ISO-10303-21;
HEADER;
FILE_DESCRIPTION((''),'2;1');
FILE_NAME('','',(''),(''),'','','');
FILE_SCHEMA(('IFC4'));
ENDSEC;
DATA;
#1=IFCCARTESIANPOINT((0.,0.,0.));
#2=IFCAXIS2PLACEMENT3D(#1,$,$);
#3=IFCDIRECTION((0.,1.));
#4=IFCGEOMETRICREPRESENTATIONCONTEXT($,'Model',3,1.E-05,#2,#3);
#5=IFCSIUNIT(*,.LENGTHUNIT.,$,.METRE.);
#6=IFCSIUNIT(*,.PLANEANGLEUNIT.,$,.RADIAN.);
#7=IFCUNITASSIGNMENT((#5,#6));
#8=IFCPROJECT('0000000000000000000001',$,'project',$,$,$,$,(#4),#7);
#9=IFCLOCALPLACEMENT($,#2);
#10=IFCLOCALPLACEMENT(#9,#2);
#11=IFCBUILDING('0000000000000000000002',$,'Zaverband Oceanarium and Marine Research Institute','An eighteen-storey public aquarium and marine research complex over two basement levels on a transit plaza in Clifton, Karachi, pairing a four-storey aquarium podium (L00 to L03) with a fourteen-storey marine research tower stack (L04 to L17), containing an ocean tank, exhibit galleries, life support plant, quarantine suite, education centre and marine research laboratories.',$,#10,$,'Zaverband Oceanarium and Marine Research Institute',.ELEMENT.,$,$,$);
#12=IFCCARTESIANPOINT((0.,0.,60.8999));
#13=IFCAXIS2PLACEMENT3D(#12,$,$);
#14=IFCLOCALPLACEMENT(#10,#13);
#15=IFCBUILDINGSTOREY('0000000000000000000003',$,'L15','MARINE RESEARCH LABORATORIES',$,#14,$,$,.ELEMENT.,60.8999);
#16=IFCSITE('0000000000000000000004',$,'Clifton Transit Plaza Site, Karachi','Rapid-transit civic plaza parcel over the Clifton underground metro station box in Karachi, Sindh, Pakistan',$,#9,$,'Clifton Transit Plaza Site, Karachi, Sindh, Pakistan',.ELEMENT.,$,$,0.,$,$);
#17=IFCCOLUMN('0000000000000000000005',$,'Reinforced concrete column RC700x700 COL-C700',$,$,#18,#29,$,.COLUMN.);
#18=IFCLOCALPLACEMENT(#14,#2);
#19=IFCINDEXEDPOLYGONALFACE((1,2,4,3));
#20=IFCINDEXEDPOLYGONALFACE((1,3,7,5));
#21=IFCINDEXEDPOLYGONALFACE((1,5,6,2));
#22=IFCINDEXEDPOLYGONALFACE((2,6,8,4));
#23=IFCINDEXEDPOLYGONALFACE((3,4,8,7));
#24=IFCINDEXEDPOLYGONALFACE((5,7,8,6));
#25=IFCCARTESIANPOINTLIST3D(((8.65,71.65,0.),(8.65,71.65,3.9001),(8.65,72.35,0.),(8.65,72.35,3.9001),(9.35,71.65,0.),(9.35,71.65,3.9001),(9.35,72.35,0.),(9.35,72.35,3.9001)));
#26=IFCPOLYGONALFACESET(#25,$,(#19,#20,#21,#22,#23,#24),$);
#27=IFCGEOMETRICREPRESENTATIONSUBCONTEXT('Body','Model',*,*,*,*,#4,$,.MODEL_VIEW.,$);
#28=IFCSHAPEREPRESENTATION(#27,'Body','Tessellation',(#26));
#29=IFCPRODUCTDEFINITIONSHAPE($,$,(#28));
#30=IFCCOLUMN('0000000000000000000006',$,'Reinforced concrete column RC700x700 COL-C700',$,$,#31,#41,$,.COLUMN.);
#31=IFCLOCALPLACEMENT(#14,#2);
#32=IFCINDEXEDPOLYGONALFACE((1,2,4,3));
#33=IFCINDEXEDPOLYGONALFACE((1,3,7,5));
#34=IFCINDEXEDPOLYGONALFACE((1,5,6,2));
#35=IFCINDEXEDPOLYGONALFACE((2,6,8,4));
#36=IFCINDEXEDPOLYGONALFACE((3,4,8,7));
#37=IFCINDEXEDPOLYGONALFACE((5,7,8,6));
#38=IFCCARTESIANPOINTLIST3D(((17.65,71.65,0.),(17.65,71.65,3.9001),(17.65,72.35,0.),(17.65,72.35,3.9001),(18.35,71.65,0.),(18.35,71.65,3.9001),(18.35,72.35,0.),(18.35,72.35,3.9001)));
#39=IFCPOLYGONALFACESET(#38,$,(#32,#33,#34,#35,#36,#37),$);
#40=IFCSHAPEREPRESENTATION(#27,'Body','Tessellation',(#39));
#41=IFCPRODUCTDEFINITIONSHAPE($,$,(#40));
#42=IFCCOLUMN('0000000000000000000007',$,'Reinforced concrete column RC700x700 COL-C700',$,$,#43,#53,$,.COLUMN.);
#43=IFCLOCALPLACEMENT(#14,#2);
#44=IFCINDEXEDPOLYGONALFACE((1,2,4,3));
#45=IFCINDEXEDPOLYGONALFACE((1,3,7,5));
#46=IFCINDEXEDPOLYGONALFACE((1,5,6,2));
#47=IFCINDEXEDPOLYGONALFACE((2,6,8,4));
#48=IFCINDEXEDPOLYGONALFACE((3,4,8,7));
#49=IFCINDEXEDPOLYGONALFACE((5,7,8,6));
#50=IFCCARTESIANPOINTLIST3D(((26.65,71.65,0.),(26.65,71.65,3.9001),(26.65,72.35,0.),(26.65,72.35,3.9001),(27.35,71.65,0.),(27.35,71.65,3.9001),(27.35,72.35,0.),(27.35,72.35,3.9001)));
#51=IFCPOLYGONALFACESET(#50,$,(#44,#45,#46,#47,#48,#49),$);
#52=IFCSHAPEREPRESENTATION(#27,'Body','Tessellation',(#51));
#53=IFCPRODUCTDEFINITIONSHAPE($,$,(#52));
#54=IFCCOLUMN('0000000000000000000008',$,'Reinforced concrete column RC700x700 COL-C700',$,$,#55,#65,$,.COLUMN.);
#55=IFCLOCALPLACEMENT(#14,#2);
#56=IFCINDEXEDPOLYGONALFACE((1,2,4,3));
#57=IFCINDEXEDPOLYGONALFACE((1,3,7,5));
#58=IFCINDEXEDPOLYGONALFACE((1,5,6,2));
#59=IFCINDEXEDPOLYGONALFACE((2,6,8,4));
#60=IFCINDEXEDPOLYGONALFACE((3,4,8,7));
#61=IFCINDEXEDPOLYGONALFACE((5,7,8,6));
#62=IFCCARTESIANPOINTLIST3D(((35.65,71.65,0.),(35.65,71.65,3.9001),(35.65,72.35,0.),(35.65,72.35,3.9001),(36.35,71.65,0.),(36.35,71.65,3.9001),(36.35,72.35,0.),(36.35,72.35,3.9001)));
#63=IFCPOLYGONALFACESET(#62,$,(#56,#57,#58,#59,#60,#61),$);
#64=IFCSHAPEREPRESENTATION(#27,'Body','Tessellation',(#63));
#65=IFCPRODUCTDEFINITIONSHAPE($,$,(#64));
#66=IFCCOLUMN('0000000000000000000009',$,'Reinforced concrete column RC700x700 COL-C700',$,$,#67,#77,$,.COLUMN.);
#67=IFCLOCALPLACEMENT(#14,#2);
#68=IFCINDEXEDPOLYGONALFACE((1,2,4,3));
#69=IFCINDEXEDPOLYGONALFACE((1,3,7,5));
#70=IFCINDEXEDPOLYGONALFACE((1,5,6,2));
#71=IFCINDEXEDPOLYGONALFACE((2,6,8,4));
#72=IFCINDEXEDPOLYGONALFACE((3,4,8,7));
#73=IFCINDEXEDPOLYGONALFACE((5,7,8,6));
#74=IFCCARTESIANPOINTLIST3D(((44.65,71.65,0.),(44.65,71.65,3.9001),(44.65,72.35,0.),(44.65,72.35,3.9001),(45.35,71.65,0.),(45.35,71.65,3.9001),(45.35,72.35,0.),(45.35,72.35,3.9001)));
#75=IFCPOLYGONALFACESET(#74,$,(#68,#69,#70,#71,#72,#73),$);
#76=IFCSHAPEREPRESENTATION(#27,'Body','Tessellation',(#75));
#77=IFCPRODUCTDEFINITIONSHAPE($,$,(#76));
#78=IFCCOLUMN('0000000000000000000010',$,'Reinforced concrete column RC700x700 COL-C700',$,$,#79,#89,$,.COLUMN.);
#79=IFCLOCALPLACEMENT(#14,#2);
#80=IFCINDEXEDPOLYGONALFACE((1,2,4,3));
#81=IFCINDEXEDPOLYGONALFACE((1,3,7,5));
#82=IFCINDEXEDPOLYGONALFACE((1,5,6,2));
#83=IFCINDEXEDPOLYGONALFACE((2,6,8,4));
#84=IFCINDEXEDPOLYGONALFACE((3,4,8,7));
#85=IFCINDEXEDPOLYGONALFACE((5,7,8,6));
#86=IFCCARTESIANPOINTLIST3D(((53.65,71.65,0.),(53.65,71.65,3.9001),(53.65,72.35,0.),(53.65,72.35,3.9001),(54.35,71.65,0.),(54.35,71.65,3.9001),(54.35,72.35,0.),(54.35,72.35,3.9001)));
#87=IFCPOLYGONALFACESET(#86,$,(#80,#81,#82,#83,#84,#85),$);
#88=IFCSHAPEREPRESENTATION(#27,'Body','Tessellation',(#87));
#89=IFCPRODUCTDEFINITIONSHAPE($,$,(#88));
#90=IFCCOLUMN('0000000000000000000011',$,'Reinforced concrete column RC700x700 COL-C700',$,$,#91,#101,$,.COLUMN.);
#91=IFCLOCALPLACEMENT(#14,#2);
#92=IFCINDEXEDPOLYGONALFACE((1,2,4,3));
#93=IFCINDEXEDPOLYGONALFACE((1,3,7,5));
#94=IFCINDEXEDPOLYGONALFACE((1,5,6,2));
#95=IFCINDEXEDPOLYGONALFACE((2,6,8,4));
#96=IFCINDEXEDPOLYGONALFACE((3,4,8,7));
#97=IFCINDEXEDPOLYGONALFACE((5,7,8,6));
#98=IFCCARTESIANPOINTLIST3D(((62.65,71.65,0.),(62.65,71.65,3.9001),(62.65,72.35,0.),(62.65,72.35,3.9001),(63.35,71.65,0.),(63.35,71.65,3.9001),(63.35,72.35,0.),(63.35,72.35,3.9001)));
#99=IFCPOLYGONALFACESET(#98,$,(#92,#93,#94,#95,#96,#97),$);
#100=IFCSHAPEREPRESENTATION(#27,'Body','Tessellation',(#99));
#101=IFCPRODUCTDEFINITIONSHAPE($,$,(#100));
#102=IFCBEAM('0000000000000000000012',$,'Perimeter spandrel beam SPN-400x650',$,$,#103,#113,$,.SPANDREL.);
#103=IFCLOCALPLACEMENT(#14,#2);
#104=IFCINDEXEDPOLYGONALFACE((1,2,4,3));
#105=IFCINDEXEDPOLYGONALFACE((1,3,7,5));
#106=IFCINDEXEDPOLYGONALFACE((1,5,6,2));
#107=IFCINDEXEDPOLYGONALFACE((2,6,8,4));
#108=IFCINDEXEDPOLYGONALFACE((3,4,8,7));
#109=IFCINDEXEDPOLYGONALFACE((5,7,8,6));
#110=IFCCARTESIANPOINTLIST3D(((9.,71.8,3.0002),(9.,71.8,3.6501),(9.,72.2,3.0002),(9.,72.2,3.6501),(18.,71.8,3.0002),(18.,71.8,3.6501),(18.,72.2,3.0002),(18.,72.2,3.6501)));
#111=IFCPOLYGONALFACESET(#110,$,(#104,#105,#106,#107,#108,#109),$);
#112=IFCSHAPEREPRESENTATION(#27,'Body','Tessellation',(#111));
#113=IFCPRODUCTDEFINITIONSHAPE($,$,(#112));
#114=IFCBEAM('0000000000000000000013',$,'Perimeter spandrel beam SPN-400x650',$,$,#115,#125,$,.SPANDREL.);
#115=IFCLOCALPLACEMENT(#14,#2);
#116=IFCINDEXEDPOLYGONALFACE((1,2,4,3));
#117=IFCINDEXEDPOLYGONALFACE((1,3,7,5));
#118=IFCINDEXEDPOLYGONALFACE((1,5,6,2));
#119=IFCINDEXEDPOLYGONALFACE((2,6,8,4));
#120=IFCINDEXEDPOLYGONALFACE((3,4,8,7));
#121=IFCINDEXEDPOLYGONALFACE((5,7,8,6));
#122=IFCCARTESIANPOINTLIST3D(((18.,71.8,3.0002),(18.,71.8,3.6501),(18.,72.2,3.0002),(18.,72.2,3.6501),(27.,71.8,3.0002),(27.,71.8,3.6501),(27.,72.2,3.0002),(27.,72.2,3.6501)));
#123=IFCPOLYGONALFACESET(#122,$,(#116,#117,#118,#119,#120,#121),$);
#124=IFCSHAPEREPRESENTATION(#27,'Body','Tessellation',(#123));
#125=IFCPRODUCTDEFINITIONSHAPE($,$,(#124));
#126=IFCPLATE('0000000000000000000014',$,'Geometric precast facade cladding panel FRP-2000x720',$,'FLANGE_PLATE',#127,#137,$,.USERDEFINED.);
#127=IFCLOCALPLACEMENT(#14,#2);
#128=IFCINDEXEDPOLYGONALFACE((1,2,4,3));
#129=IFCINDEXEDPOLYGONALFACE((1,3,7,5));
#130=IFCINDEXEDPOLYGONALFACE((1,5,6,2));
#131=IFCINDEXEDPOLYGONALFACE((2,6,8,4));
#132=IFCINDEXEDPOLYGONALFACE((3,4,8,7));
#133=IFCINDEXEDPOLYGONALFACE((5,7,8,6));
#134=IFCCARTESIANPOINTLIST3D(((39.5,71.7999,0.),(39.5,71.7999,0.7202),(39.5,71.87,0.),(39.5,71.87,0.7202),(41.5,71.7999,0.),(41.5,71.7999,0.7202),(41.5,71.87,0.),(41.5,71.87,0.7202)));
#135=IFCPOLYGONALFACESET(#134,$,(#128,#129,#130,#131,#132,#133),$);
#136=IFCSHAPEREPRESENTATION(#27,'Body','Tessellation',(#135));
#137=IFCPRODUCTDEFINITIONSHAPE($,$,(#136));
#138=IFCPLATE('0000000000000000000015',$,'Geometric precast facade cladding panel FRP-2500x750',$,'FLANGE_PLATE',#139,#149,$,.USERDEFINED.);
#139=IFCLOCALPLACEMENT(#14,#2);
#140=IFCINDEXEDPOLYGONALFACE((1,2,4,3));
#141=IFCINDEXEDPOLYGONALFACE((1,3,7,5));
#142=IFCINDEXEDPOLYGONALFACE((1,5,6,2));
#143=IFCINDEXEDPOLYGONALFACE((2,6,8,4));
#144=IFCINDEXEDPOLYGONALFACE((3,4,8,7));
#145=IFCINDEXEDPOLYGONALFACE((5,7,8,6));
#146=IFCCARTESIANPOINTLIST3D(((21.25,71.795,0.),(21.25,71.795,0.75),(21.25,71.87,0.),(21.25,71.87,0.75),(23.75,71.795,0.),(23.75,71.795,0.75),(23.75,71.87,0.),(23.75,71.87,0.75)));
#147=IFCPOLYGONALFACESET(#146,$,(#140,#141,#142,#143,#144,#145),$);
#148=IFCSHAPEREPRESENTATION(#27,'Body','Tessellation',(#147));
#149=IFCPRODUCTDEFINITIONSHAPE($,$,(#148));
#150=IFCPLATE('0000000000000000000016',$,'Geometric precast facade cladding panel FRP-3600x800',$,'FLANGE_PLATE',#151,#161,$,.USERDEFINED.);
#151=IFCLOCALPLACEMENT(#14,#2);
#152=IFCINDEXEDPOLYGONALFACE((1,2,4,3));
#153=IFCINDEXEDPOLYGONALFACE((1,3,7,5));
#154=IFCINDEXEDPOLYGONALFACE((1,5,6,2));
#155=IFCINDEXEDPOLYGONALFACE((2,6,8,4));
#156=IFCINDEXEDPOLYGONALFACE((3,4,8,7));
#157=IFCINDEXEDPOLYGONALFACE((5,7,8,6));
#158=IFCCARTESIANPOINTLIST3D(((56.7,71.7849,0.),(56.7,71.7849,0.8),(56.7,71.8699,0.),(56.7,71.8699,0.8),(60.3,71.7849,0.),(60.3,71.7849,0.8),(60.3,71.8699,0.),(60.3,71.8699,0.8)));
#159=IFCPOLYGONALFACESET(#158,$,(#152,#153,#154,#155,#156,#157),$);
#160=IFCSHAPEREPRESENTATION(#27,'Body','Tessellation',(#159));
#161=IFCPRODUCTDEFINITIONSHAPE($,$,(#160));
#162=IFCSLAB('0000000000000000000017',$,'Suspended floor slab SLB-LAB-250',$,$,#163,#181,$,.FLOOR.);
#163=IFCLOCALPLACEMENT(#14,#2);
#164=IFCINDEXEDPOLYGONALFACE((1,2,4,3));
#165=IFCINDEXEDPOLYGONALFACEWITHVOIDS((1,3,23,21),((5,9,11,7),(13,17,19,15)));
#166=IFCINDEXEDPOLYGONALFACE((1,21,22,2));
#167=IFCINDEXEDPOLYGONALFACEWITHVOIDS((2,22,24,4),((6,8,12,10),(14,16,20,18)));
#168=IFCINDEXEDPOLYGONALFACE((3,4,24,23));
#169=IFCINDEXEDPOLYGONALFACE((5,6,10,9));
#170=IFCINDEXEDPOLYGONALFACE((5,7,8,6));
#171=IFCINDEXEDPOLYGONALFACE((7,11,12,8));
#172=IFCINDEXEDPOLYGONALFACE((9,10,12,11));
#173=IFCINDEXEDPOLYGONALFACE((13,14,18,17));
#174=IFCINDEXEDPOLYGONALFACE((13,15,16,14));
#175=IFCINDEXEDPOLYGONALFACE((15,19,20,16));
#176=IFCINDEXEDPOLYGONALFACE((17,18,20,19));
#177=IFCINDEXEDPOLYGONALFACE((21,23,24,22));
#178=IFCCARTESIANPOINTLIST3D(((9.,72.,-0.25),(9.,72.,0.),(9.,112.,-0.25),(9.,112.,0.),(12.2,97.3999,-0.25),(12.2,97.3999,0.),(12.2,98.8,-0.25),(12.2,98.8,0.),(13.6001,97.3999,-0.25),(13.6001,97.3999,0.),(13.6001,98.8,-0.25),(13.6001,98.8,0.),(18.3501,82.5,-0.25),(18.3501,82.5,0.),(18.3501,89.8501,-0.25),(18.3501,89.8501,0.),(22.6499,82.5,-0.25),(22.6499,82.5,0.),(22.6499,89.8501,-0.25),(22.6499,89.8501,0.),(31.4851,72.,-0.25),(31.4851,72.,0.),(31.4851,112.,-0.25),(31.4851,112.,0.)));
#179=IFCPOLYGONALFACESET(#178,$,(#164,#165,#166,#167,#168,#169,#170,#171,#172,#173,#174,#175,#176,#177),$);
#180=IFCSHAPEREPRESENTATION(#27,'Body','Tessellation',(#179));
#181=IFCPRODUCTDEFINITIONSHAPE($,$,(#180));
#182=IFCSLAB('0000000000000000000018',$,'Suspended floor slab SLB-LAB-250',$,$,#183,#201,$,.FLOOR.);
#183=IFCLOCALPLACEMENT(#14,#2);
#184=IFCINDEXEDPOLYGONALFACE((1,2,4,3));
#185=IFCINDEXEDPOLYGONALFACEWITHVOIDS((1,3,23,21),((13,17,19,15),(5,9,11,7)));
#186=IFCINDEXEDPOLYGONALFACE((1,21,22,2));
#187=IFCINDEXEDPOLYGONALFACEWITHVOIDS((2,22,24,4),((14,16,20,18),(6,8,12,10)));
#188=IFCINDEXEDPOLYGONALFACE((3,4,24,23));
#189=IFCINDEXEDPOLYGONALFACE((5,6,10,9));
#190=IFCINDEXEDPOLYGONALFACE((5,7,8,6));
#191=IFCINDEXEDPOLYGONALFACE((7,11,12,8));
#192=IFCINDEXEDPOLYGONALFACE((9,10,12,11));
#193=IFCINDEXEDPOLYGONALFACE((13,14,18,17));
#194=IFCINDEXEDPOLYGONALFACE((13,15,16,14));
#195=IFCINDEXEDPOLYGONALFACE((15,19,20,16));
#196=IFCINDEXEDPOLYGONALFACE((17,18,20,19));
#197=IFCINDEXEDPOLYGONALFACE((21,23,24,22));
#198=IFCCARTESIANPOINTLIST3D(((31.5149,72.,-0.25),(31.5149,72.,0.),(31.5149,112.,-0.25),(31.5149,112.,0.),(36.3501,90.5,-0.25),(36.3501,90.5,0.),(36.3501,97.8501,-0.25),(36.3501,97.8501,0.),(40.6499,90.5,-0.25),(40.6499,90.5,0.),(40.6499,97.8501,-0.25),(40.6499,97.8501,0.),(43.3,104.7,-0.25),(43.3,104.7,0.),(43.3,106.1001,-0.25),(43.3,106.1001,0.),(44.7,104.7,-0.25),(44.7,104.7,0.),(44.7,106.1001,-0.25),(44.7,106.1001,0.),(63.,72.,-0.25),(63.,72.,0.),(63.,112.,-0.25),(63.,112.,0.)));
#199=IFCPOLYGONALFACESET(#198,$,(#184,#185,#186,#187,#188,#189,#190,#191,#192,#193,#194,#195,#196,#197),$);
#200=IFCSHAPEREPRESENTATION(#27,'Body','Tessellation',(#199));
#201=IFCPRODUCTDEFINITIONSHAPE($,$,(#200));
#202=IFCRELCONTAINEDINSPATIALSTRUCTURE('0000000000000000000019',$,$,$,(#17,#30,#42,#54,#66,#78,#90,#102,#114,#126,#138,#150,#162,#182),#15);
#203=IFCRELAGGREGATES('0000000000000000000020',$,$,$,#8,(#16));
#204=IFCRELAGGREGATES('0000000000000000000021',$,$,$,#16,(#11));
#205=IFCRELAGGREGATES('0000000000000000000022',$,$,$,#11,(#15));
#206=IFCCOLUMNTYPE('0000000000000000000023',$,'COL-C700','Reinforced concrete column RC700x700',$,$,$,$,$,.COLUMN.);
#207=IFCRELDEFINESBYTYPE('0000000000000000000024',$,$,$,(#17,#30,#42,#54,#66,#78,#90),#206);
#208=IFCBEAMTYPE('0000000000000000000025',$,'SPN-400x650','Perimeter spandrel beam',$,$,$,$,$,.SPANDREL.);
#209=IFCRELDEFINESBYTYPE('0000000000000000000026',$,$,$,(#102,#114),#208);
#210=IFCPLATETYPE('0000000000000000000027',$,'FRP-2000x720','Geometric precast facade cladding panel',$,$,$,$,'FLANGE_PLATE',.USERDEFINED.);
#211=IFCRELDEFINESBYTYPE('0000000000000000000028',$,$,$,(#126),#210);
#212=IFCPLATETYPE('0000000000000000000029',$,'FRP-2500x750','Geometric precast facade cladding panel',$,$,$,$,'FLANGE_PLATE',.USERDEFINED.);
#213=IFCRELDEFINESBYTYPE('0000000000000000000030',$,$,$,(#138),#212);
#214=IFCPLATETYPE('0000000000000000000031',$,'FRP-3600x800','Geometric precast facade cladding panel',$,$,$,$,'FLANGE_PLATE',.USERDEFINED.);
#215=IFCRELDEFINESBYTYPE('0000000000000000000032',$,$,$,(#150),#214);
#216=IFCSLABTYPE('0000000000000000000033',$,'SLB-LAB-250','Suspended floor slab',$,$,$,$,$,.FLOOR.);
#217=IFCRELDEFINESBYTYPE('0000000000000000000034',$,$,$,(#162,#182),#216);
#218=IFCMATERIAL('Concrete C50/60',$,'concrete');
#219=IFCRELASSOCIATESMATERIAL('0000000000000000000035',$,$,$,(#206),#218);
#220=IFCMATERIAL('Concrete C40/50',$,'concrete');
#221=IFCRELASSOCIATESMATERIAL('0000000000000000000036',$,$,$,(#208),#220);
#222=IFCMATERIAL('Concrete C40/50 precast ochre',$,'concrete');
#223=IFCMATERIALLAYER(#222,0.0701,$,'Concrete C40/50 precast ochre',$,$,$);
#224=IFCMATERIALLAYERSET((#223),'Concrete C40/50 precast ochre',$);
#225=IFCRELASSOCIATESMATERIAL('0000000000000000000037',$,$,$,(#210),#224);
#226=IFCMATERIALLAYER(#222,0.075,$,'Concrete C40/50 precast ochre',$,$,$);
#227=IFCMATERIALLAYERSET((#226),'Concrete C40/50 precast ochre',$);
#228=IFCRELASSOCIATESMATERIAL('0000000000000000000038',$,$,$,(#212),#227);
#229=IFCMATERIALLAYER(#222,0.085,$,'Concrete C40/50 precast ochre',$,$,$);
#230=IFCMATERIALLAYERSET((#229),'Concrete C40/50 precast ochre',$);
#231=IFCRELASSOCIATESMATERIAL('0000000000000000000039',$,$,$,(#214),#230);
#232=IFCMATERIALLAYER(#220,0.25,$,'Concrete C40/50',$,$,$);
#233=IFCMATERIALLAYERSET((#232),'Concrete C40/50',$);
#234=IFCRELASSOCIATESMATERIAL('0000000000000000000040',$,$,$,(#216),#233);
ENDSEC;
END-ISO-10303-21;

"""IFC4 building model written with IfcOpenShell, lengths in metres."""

from ifc_helpers import new_model, si_unit, direction, frame, frame_2d, origin, origin_2d, place, context, subcontext, project, spatial, polyline, rectangle, outline, extrude, material, layer, layer_set, material_profile, profile_set, type_object, element, save


model = new_model("IFC4")

# Units and contexts
model_context = context("Model", 3, precision=1e-05, world=origin(), true_north=direction((0.0, 1.0)))
body_context = subcontext(model_context, "Body", "Model", "MODEL_VIEW")
ifc_project = project(units=[si_unit("LENGTHUNIT", "METRE"), si_unit("PLANEANGLEUNIT", "RADIAN")], contexts=[model_context])

# Site, building, storey
site_placement = place(None, origin())
site = spatial("IfcSite", under=ifc_project, at=site_placement, Name="Clifton Transit Plaza Site, Karachi", Description="Rapid-transit civic plaza parcel over the Clifton underground metro station box in Karachi, Sindh, Pakistan", LongName="Clifton Transit Plaza Site, Karachi, Sindh, Pakistan", CompositionType="ELEMENT", RefElevation=0.0)
building_placement = place(site_placement, origin())
building = spatial("IfcBuilding", under=site, at=building_placement, Name="Zaverband Oceanarium and Marine Research Institute", Description="An eighteen-storey public aquarium and marine research complex over two basement levels on a transit plaza in Clifton, Karachi, pairing a four-storey aquarium podium (L00 to L03) with a fourteen-storey marine research tower stack (L04 to L17), containing an ocean tank, exhibit galleries, life support plant, quarantine suite, education centre and marine research laboratories.", LongName="Zaverband Oceanarium and Marine Research Institute", CompositionType="ELEMENT")
storey_placement = place(building_placement, frame((0.0, 0.0, 60.8999)))
storey = spatial("IfcBuildingStorey", under=building, at=storey_placement, Name="L15", Description="MARINE RESEARCH LABORATORIES", CompositionType="ELEMENT", Elevation=60.8999)

# Columns
ifc_material_1 = material(Name="Concrete C50/60", Category="concrete")
ifc_material_profile_1 = material_profile(ifc_material_1, rectangle(XDim=0.7, YDim=0.7, at=origin_2d()), Name="RC700x700")
ifc_profile_set_1 = profile_set([ifc_material_profile_1], Name="Concrete C50/60")
column_type = type_object("IfcColumnType", Name="COL-C700", Description="Reinforced concrete column RC700x700", PredefinedType="COLUMN", material=ifc_profile_set_1)
for number, where, z_axis, x_axis, name in (
    (1, (9.0, 72.0, 0.0), (0.0, 0.0, 1.0), (1.0, 0.0, 0.0), "Reinforced concrete column RC700x700 COL-C700"),
    (2, (18.0, 72.0, 0.0), (0.0, 0.0, 1.0), (1.0, 0.0, 0.0), "Reinforced concrete column RC700x700 COL-C700"),
    (3, (27.0, 72.0, 0.0), (0.0, 0.0, 1.0), (1.0, 0.0, 0.0), "Reinforced concrete column RC700x700 COL-C700"),
    (4, (36.0, 72.0, 0.0), (0.0, 0.0, 1.0), (1.0, 0.0, 0.0), "Reinforced concrete column RC700x700 COL-C700"),
    (5, (45.0, 72.0, 0.0), (0.0, 0.0, 1.0), (1.0, 0.0, 0.0), "Reinforced concrete column RC700x700 COL-C700"),
    (6, (54.0, 72.0, 0.0), (0.0, 0.0, 1.0), (1.0, 0.0, 0.0), "Reinforced concrete column RC700x700 COL-C700"),
    (7, (63.0, 72.0, 0.0), (0.0, 0.0, 1.0), (1.0, 0.0, 0.0), "Reinforced concrete column RC700x700 COL-C700"),
):
    element("IfcColumn", number, at=place(storey_placement, frame(where, z_axis=z_axis, x_axis=x_axis)), inside=storey, type_object=column_type, Name=name, PredefinedType="COLUMN", context=body_context, shape_type="SweptSolid", body=[
        extrude(rectangle(XDim=0.7, YDim=0.7, at=origin_2d()), origin(), (0.0, 0.0, 1.0), 3.9001),
    ])

# Beams
ifc_material_2 = material(Name="Concrete C40/50", Category="concrete")
ifc_material_profile_2 = material_profile(ifc_material_2, rectangle(XDim=0.3999, YDim=0.6499, at=origin_2d()), Name="RC400x650")
ifc_profile_set_2 = profile_set([ifc_material_profile_2], Name="Concrete C40/50")
beam_type = type_object("IfcBeamType", Name="SPN-400x650", Description="Perimeter spandrel beam", PredefinedType="SPANDREL", material=ifc_profile_set_2)
for number, where, z_axis, x_axis, name in (
    (8, (9.0, 72.0, 3.3252), (1.0, 0.0, 0.0), (0.0, 1.0, 0.0), "Perimeter spandrel beam SPN-400x650"),
    (9, (18.0, 72.0, 3.3252), (1.0, 0.0, 0.0), (0.0, 1.0, 0.0), "Perimeter spandrel beam SPN-400x650"),
):
    element("IfcBeam", number, at=place(storey_placement, frame(where, z_axis=z_axis, x_axis=x_axis)), inside=storey, type_object=beam_type, Name=name, PredefinedType="SPANDREL", context=body_context, shape_type="SweptSolid", body=[
        extrude(rectangle(XDim=0.3999, YDim=0.6499, at=origin_2d()), origin(), (0.0, 0.0, 1.0), 9.0),
    ])

# Plates
ifc_material_3 = material(Name="Concrete C40/50 precast ochre", Category="concrete")
ifc_layer_1 = layer(ifc_material_3, 0.0701, Name="Concrete C40/50 precast ochre")
ifc_layer_set_1 = layer_set([ifc_layer_1], Name="Concrete C40/50 precast ochre")
plate_type_1 = type_object("IfcPlateType", Name="FRP-2000x720", Description="Geometric precast facade cladding panel", ElementType="FLANGE_PLATE", PredefinedType="USERDEFINED", material=ifc_layer_set_1)
plate_1_placement = place(storey_placement, frame((39.5, 71.835, 0.0), z_axis=(0.0, 0.0, 1.0), x_axis=(1.0, 0.0, 0.0)))
element("IfcPlate", 10, at=plate_1_placement, inside=storey, type_object=plate_type_1, Name="Geometric precast facade cladding panel FRP-2000x720", ObjectType="FLANGE_PLATE", PredefinedType="USERDEFINED", context=body_context, shape_type="SweptSolid", body=[
    extrude(rectangle(XDim=2.0, YDim=0.0701, at=frame_2d((1.0, 0.0))), origin(), (0.0, 0.0, 1.0), 0.7202),
])
ifc_layer_2 = layer(ifc_material_3, 0.075, Name="Concrete C40/50 precast ochre")
ifc_layer_set_2 = layer_set([ifc_layer_2], Name="Concrete C40/50 precast ochre")
plate_type_2 = type_object("IfcPlateType", Name="FRP-2500x750", Description="Geometric precast facade cladding panel", ElementType="FLANGE_PLATE", PredefinedType="USERDEFINED", material=ifc_layer_set_2)
plate_2_placement = place(storey_placement, frame((21.25, 71.8325, 0.0), z_axis=(0.0, 0.0, 1.0), x_axis=(1.0, 0.0, 0.0)))
element("IfcPlate", 11, at=plate_2_placement, inside=storey, type_object=plate_type_2, Name="Geometric precast facade cladding panel FRP-2500x750", ObjectType="FLANGE_PLATE", PredefinedType="USERDEFINED", context=body_context, shape_type="SweptSolid", body=[
    extrude(rectangle(XDim=2.5, YDim=0.075, at=frame_2d((1.25, 0.0))), origin(), (0.0, 0.0, 1.0), 0.75),
])
ifc_layer_3 = layer(ifc_material_3, 0.085, Name="Concrete C40/50 precast ochre")
ifc_layer_set_3 = layer_set([ifc_layer_3], Name="Concrete C40/50 precast ochre")
plate_type_3 = type_object("IfcPlateType", Name="FRP-3600x800", Description="Geometric precast facade cladding panel", ElementType="FLANGE_PLATE", PredefinedType="USERDEFINED", material=ifc_layer_set_3)
plate_3_placement = place(storey_placement, frame((56.7, 71.8274, 0.0), z_axis=(0.0, 0.0, 1.0), x_axis=(1.0, 0.0, 0.0)))
element("IfcPlate", 12, at=plate_3_placement, inside=storey, type_object=plate_type_3, Name="Geometric precast facade cladding panel FRP-3600x800", ObjectType="FLANGE_PLATE", PredefinedType="USERDEFINED", context=body_context, shape_type="SweptSolid", body=[
    extrude(rectangle(XDim=3.6001, YDim=0.085, at=frame_2d((1.8, 0.0))), origin(), (0.0, 0.0, 1.0), 0.8),
])

# Slabs
ifc_layer_4 = layer(ifc_material_2, 0.25, Name="Concrete C40/50")
ifc_layer_set_4 = layer_set([ifc_layer_4], Name="Concrete C40/50")
slab_type_1 = type_object("IfcSlabType", Name="SLB-LAB-250", Description="Suspended floor slab", PredefinedType="FLOOR", material=ifc_layer_set_4)
slab_1_placement = place(storey_placement, frame((0.0, 0.0, -0.25)))
element("IfcSlab", 13, at=slab_1_placement, inside=storey, type_object=slab_type_1, Name="Suspended floor slab SLB-LAB-250", PredefinedType="FLOOR", context=body_context, shape_type="SweptSolid", body=[
    extrude(outline(polyline([(9.0, 112.0), (31.4851, 112.0), (31.4851, 72.0), (9.0, 72.0), (9.0, 112.0)]), holes=[polyline([(18.3501, 89.8501), (18.3501, 82.5), (22.6499, 82.5), (22.6499, 89.8501), (18.3501, 89.8501)]), polyline([(12.2, 98.8), (12.2, 97.3999), (13.6001, 97.3999), (13.6001, 98.8), (12.2, 98.8)])]), origin(), (0.0, 0.0, 1.0), 0.25),
])
slab_2_placement = place(storey_placement, frame((0.0, 0.0, -0.25)))
element("IfcSlab", 14, at=slab_2_placement, inside=storey, type_object=slab_type_1, Name="Suspended floor slab SLB-LAB-250", PredefinedType="FLOOR", context=body_context, shape_type="SweptSolid", body=[
    extrude(outline(polyline([(31.5149, 112.0), (63.0, 112.0), (63.0, 72.0), (31.5149, 72.0), (31.5149, 112.0)]), holes=[polyline([(36.3501, 97.8501), (36.3501, 90.5), (40.6499, 90.5), (40.6499, 97.8501), (36.3501, 97.8501)]), polyline([(43.3, 106.1001), (43.3, 104.7), (44.7, 104.7), (44.7, 106.1001), (43.3, 106.1001)])]), origin(), (0.0, 0.0, 1.0), 0.25),
])

save(model, "model.ifc")
